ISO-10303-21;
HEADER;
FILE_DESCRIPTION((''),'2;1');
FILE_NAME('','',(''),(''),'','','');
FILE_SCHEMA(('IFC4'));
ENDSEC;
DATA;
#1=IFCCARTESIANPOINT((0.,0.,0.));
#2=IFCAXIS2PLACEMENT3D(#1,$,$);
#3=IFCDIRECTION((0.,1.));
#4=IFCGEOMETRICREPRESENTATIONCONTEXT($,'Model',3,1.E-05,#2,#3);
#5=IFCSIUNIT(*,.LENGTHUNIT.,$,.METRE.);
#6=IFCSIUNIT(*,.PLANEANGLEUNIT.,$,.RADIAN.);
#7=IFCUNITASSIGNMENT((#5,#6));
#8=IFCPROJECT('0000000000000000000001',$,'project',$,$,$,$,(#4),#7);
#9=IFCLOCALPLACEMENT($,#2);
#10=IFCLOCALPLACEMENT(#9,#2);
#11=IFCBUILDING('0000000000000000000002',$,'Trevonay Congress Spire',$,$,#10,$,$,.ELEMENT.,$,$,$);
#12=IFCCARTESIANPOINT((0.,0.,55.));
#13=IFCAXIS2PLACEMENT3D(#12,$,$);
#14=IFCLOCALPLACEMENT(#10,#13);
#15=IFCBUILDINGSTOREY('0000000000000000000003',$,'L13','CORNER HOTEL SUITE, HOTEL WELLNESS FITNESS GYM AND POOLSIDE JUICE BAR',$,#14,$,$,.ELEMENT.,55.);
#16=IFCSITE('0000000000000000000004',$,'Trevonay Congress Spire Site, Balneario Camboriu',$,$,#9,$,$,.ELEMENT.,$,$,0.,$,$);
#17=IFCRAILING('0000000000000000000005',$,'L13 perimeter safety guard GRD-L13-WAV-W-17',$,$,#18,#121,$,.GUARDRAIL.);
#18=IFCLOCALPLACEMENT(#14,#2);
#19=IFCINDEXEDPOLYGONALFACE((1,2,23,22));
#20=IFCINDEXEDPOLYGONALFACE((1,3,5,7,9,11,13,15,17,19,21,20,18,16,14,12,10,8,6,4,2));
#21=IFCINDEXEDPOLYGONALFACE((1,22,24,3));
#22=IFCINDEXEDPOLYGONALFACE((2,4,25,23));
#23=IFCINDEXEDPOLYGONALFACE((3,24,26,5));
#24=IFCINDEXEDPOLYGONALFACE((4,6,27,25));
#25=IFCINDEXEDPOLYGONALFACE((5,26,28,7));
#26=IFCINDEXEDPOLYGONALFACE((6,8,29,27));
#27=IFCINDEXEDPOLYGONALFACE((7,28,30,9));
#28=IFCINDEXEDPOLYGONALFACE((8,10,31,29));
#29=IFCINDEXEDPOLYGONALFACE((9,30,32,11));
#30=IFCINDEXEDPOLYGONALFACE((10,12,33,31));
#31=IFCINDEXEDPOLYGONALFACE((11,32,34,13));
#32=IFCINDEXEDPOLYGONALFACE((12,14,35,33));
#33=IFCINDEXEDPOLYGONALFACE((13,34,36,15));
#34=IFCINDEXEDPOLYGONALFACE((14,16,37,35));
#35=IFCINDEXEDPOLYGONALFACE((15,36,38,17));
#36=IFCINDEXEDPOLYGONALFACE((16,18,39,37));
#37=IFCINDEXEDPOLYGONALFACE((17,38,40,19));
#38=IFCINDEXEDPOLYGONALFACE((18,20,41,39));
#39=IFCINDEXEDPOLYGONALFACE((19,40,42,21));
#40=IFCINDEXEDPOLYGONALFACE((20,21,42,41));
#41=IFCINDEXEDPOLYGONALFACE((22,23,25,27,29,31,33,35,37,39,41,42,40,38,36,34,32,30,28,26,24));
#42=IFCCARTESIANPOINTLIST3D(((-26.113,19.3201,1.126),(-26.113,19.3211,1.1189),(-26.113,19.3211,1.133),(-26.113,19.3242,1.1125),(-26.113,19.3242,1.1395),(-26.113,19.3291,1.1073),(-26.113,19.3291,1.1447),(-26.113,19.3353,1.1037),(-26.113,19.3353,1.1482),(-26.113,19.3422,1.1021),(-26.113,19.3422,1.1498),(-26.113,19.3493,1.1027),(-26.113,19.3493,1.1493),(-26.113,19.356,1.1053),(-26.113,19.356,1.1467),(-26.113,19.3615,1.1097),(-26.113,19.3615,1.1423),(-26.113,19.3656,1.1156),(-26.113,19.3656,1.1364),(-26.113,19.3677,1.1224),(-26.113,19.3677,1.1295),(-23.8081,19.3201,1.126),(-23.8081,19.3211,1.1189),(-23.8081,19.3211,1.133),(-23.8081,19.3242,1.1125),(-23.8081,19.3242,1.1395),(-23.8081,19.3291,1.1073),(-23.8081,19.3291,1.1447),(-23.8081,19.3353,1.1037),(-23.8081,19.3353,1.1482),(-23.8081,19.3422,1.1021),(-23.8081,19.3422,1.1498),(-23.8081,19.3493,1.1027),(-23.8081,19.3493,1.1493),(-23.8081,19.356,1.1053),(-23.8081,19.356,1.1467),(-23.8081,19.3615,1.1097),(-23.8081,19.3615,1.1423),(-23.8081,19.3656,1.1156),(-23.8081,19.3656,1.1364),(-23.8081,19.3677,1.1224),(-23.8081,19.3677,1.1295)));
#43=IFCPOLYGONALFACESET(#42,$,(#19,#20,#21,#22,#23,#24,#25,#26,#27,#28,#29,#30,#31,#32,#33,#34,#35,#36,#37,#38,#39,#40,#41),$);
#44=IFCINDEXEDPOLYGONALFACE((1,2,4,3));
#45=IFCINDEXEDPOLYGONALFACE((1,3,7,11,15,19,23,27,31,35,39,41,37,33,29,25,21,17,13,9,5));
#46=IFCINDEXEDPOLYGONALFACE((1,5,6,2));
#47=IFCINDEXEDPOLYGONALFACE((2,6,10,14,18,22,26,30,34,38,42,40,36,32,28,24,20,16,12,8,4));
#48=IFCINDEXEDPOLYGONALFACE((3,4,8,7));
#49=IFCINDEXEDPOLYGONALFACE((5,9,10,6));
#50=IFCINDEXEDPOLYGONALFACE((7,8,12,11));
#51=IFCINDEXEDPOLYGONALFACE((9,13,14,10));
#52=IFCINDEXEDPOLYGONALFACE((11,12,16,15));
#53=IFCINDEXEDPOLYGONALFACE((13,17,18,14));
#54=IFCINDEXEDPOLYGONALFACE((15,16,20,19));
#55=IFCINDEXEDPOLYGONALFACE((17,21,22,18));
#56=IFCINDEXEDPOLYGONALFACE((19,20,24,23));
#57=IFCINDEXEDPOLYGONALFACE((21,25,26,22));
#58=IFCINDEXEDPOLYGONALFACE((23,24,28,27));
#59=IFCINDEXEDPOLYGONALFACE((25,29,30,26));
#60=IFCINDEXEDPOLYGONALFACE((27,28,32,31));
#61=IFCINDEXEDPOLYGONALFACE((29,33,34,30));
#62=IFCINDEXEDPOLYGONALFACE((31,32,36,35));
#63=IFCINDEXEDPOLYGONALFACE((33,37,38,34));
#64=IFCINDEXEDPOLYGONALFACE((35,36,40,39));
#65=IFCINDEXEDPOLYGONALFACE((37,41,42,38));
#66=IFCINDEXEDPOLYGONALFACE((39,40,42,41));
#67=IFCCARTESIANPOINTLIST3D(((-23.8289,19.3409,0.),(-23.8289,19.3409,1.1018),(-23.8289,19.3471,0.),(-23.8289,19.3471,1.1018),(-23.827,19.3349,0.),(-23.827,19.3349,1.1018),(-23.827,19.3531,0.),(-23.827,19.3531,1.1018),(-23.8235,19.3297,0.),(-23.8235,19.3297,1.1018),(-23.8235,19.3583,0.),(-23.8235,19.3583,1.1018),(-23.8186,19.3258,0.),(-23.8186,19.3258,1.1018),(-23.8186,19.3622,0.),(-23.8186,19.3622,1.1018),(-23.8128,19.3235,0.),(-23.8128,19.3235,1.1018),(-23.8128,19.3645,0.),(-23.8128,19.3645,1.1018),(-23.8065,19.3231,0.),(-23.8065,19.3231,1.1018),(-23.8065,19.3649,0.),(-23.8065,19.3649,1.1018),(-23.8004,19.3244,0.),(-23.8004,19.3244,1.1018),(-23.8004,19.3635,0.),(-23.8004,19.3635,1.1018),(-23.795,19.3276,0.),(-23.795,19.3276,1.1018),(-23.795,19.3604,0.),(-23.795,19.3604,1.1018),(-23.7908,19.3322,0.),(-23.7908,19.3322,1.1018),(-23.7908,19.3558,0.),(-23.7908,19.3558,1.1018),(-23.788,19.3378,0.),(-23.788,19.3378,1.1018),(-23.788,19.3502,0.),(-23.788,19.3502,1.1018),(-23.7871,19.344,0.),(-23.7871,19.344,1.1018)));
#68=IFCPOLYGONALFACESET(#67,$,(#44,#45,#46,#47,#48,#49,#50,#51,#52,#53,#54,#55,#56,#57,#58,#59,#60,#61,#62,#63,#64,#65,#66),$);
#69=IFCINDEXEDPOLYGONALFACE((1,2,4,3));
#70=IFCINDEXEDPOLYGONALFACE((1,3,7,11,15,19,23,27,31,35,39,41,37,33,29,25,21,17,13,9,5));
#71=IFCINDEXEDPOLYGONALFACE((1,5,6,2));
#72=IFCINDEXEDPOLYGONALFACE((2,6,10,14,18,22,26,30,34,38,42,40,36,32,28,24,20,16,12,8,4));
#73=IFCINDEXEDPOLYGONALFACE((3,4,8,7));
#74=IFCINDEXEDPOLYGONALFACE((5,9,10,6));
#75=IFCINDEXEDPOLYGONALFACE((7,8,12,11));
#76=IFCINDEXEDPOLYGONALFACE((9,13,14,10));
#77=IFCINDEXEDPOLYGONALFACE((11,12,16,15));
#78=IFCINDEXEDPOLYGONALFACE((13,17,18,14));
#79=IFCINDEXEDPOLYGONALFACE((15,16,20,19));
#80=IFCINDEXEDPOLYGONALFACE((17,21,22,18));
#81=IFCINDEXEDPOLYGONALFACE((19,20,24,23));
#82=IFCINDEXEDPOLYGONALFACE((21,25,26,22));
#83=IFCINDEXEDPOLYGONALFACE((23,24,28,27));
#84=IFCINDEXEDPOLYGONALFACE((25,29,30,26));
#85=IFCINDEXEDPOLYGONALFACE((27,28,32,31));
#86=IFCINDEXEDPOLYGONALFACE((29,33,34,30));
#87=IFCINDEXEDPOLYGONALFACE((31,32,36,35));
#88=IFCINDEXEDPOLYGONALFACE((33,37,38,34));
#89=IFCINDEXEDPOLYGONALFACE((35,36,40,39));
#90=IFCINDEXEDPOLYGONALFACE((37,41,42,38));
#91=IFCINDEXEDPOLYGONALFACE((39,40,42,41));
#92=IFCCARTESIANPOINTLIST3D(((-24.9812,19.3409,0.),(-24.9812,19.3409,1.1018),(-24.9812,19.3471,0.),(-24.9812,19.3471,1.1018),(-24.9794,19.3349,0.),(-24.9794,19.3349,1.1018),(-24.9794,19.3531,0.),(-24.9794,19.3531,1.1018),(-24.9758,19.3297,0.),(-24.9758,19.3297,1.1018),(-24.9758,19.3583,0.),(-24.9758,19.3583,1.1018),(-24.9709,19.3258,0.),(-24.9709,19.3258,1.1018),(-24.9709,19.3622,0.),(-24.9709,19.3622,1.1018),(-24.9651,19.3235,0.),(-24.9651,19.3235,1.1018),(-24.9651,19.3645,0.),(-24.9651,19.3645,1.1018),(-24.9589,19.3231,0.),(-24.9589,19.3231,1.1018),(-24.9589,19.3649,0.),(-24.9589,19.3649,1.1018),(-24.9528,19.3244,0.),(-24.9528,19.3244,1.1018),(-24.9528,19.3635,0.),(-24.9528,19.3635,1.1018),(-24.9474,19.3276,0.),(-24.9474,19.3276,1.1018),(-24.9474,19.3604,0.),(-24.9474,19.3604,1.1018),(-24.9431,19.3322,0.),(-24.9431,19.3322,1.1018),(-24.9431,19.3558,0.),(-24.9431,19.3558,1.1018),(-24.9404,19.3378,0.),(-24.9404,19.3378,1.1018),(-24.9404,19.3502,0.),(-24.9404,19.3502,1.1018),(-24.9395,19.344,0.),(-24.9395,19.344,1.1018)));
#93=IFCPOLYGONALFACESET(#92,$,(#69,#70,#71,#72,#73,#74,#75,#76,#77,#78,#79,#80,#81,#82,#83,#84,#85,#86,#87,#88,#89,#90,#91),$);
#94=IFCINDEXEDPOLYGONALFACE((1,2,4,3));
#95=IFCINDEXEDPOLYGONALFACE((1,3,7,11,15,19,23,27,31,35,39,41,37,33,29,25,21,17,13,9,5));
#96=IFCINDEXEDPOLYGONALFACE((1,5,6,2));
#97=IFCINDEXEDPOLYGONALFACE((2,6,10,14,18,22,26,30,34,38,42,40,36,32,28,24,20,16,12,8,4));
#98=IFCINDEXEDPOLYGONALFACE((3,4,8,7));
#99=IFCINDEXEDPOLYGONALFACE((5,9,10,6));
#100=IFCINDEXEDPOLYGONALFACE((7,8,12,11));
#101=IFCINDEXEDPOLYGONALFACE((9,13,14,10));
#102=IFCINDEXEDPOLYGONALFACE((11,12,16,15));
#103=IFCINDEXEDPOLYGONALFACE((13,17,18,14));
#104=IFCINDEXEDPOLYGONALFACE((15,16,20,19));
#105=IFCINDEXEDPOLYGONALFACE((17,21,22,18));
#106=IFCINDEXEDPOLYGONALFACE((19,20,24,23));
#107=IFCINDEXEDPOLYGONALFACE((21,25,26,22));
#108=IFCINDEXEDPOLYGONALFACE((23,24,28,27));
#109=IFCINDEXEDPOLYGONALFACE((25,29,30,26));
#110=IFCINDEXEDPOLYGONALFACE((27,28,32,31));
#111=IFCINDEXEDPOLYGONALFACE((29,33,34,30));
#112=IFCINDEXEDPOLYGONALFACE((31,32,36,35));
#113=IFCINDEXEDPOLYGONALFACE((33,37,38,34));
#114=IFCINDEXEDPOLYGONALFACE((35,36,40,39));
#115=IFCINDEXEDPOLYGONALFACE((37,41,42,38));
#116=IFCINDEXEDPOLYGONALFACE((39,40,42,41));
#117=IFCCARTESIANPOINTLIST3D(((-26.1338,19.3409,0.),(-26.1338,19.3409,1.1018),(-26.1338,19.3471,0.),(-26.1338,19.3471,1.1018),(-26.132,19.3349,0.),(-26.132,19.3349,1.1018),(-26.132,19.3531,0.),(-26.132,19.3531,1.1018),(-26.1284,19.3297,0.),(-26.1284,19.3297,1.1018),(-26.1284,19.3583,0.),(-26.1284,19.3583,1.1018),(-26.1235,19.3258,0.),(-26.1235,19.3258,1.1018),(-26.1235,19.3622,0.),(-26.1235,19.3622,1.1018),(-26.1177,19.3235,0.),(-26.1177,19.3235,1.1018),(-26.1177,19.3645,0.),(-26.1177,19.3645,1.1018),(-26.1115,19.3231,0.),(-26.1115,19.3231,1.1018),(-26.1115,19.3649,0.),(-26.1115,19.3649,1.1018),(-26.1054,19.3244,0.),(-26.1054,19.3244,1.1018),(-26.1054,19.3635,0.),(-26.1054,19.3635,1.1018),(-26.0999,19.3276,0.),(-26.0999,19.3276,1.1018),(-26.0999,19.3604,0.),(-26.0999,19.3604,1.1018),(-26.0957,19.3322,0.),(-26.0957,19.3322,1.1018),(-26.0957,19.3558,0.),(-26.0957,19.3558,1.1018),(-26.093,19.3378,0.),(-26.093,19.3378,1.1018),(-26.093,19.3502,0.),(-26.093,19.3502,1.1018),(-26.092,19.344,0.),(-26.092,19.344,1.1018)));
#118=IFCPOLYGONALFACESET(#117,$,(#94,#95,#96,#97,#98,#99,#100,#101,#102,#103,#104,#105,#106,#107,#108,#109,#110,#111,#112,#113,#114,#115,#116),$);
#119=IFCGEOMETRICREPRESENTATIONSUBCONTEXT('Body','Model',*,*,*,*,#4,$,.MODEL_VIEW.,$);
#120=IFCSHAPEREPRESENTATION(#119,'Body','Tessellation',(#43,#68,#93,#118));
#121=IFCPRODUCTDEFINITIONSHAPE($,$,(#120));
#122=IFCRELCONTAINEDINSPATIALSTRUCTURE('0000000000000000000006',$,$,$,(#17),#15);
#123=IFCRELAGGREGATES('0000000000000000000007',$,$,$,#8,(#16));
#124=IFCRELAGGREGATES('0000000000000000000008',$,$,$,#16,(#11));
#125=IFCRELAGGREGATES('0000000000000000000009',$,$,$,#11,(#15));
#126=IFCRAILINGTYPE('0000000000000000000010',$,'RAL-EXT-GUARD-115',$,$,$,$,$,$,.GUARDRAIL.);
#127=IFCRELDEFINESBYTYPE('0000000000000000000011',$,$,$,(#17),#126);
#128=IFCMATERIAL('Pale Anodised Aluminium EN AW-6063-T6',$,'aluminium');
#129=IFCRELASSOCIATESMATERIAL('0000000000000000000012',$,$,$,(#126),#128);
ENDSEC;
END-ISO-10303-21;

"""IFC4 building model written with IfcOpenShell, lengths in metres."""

from ifc_helpers import new_model, si_unit, direction, frame, origin, origin_2d, place, context, subcontext, project, spatial, circle, extrude, material, type_object, element, save


model = new_model("IFC4")

# Units and contexts
model_context = context("Model", 3, precision=1e-05, world=origin(), true_north=direction((0.0, 1.0)))
body_context = subcontext(model_context, "Body", "Model", "MODEL_VIEW")
ifc_project = project(units=[si_unit("LENGTHUNIT", "METRE"), si_unit("PLANEANGLEUNIT", "RADIAN")], contexts=[model_context])

# Site, building, storey
site_placement = place(None, origin())
site = spatial("IfcSite", under=ifc_project, at=site_placement, Name="Trevonay Congress Spire Site, Balneario Camboriu", CompositionType="ELEMENT", RefElevation=0.0)
building_placement = place(site_placement, origin())
building = spatial("IfcBuilding", under=site, at=building_placement, Name="Trevonay Congress Spire", CompositionType="ELEMENT")
storey_placement = place(building_placement, frame((0.0, 0.0, 55.0)))
storey = spatial("IfcBuildingStorey", under=building, at=storey_placement, Name="L13", Description="CORNER HOTEL SUITE, HOTEL WELLNESS FITNESS GYM AND POOLSIDE JUICE BAR", CompositionType="ELEMENT", Elevation=55.0)

# Shared definitions
ifc_material_1 = material(Name="Pale Anodised Aluminium EN AW-6063-T6", Category="aluminium")

# Railing
railing_type = type_object("IfcRailingType", Name="RAL-EXT-GUARD-115", PredefinedType="GUARDRAIL", material=ifc_material_1)
railing_1_placement = place(storey_placement, frame((-23.8081, 19.344, 0.0)))
element("IfcRailing", 1, at=railing_1_placement, inside=storey, type_object=railing_type, Name="L13 perimeter safety guard GRD-L13-WAV-W-17", PredefinedType="GUARDRAIL", context=body_context, shape_type="SweptSolid", body=[
    extrude(circle(Radius=0.0239, at=origin_2d()), frame((0.0, 0.0, 1.126), z_axis=(-1.0, 0.0, 0.0), x_axis=(0.0, -1.0, 0.0)), (0.0, 0.0, 1.0), 2.3049),
    extrude(circle(Radius=0.021, at=origin_2d()), origin(), (0.0, 0.0, 1.0), 1.1018),
    extrude(circle(Radius=0.021, at=origin_2d()), frame((-1.1523, 0.0, 0.0)), (0.0, 0.0, 1.0), 1.1018),
    extrude(circle(Radius=0.021, at=origin_2d()), frame((-2.3049, 0.0, 0.0)), (0.0, 0.0, 1.0), 1.1018),
])

save(model, "model.ifc")
